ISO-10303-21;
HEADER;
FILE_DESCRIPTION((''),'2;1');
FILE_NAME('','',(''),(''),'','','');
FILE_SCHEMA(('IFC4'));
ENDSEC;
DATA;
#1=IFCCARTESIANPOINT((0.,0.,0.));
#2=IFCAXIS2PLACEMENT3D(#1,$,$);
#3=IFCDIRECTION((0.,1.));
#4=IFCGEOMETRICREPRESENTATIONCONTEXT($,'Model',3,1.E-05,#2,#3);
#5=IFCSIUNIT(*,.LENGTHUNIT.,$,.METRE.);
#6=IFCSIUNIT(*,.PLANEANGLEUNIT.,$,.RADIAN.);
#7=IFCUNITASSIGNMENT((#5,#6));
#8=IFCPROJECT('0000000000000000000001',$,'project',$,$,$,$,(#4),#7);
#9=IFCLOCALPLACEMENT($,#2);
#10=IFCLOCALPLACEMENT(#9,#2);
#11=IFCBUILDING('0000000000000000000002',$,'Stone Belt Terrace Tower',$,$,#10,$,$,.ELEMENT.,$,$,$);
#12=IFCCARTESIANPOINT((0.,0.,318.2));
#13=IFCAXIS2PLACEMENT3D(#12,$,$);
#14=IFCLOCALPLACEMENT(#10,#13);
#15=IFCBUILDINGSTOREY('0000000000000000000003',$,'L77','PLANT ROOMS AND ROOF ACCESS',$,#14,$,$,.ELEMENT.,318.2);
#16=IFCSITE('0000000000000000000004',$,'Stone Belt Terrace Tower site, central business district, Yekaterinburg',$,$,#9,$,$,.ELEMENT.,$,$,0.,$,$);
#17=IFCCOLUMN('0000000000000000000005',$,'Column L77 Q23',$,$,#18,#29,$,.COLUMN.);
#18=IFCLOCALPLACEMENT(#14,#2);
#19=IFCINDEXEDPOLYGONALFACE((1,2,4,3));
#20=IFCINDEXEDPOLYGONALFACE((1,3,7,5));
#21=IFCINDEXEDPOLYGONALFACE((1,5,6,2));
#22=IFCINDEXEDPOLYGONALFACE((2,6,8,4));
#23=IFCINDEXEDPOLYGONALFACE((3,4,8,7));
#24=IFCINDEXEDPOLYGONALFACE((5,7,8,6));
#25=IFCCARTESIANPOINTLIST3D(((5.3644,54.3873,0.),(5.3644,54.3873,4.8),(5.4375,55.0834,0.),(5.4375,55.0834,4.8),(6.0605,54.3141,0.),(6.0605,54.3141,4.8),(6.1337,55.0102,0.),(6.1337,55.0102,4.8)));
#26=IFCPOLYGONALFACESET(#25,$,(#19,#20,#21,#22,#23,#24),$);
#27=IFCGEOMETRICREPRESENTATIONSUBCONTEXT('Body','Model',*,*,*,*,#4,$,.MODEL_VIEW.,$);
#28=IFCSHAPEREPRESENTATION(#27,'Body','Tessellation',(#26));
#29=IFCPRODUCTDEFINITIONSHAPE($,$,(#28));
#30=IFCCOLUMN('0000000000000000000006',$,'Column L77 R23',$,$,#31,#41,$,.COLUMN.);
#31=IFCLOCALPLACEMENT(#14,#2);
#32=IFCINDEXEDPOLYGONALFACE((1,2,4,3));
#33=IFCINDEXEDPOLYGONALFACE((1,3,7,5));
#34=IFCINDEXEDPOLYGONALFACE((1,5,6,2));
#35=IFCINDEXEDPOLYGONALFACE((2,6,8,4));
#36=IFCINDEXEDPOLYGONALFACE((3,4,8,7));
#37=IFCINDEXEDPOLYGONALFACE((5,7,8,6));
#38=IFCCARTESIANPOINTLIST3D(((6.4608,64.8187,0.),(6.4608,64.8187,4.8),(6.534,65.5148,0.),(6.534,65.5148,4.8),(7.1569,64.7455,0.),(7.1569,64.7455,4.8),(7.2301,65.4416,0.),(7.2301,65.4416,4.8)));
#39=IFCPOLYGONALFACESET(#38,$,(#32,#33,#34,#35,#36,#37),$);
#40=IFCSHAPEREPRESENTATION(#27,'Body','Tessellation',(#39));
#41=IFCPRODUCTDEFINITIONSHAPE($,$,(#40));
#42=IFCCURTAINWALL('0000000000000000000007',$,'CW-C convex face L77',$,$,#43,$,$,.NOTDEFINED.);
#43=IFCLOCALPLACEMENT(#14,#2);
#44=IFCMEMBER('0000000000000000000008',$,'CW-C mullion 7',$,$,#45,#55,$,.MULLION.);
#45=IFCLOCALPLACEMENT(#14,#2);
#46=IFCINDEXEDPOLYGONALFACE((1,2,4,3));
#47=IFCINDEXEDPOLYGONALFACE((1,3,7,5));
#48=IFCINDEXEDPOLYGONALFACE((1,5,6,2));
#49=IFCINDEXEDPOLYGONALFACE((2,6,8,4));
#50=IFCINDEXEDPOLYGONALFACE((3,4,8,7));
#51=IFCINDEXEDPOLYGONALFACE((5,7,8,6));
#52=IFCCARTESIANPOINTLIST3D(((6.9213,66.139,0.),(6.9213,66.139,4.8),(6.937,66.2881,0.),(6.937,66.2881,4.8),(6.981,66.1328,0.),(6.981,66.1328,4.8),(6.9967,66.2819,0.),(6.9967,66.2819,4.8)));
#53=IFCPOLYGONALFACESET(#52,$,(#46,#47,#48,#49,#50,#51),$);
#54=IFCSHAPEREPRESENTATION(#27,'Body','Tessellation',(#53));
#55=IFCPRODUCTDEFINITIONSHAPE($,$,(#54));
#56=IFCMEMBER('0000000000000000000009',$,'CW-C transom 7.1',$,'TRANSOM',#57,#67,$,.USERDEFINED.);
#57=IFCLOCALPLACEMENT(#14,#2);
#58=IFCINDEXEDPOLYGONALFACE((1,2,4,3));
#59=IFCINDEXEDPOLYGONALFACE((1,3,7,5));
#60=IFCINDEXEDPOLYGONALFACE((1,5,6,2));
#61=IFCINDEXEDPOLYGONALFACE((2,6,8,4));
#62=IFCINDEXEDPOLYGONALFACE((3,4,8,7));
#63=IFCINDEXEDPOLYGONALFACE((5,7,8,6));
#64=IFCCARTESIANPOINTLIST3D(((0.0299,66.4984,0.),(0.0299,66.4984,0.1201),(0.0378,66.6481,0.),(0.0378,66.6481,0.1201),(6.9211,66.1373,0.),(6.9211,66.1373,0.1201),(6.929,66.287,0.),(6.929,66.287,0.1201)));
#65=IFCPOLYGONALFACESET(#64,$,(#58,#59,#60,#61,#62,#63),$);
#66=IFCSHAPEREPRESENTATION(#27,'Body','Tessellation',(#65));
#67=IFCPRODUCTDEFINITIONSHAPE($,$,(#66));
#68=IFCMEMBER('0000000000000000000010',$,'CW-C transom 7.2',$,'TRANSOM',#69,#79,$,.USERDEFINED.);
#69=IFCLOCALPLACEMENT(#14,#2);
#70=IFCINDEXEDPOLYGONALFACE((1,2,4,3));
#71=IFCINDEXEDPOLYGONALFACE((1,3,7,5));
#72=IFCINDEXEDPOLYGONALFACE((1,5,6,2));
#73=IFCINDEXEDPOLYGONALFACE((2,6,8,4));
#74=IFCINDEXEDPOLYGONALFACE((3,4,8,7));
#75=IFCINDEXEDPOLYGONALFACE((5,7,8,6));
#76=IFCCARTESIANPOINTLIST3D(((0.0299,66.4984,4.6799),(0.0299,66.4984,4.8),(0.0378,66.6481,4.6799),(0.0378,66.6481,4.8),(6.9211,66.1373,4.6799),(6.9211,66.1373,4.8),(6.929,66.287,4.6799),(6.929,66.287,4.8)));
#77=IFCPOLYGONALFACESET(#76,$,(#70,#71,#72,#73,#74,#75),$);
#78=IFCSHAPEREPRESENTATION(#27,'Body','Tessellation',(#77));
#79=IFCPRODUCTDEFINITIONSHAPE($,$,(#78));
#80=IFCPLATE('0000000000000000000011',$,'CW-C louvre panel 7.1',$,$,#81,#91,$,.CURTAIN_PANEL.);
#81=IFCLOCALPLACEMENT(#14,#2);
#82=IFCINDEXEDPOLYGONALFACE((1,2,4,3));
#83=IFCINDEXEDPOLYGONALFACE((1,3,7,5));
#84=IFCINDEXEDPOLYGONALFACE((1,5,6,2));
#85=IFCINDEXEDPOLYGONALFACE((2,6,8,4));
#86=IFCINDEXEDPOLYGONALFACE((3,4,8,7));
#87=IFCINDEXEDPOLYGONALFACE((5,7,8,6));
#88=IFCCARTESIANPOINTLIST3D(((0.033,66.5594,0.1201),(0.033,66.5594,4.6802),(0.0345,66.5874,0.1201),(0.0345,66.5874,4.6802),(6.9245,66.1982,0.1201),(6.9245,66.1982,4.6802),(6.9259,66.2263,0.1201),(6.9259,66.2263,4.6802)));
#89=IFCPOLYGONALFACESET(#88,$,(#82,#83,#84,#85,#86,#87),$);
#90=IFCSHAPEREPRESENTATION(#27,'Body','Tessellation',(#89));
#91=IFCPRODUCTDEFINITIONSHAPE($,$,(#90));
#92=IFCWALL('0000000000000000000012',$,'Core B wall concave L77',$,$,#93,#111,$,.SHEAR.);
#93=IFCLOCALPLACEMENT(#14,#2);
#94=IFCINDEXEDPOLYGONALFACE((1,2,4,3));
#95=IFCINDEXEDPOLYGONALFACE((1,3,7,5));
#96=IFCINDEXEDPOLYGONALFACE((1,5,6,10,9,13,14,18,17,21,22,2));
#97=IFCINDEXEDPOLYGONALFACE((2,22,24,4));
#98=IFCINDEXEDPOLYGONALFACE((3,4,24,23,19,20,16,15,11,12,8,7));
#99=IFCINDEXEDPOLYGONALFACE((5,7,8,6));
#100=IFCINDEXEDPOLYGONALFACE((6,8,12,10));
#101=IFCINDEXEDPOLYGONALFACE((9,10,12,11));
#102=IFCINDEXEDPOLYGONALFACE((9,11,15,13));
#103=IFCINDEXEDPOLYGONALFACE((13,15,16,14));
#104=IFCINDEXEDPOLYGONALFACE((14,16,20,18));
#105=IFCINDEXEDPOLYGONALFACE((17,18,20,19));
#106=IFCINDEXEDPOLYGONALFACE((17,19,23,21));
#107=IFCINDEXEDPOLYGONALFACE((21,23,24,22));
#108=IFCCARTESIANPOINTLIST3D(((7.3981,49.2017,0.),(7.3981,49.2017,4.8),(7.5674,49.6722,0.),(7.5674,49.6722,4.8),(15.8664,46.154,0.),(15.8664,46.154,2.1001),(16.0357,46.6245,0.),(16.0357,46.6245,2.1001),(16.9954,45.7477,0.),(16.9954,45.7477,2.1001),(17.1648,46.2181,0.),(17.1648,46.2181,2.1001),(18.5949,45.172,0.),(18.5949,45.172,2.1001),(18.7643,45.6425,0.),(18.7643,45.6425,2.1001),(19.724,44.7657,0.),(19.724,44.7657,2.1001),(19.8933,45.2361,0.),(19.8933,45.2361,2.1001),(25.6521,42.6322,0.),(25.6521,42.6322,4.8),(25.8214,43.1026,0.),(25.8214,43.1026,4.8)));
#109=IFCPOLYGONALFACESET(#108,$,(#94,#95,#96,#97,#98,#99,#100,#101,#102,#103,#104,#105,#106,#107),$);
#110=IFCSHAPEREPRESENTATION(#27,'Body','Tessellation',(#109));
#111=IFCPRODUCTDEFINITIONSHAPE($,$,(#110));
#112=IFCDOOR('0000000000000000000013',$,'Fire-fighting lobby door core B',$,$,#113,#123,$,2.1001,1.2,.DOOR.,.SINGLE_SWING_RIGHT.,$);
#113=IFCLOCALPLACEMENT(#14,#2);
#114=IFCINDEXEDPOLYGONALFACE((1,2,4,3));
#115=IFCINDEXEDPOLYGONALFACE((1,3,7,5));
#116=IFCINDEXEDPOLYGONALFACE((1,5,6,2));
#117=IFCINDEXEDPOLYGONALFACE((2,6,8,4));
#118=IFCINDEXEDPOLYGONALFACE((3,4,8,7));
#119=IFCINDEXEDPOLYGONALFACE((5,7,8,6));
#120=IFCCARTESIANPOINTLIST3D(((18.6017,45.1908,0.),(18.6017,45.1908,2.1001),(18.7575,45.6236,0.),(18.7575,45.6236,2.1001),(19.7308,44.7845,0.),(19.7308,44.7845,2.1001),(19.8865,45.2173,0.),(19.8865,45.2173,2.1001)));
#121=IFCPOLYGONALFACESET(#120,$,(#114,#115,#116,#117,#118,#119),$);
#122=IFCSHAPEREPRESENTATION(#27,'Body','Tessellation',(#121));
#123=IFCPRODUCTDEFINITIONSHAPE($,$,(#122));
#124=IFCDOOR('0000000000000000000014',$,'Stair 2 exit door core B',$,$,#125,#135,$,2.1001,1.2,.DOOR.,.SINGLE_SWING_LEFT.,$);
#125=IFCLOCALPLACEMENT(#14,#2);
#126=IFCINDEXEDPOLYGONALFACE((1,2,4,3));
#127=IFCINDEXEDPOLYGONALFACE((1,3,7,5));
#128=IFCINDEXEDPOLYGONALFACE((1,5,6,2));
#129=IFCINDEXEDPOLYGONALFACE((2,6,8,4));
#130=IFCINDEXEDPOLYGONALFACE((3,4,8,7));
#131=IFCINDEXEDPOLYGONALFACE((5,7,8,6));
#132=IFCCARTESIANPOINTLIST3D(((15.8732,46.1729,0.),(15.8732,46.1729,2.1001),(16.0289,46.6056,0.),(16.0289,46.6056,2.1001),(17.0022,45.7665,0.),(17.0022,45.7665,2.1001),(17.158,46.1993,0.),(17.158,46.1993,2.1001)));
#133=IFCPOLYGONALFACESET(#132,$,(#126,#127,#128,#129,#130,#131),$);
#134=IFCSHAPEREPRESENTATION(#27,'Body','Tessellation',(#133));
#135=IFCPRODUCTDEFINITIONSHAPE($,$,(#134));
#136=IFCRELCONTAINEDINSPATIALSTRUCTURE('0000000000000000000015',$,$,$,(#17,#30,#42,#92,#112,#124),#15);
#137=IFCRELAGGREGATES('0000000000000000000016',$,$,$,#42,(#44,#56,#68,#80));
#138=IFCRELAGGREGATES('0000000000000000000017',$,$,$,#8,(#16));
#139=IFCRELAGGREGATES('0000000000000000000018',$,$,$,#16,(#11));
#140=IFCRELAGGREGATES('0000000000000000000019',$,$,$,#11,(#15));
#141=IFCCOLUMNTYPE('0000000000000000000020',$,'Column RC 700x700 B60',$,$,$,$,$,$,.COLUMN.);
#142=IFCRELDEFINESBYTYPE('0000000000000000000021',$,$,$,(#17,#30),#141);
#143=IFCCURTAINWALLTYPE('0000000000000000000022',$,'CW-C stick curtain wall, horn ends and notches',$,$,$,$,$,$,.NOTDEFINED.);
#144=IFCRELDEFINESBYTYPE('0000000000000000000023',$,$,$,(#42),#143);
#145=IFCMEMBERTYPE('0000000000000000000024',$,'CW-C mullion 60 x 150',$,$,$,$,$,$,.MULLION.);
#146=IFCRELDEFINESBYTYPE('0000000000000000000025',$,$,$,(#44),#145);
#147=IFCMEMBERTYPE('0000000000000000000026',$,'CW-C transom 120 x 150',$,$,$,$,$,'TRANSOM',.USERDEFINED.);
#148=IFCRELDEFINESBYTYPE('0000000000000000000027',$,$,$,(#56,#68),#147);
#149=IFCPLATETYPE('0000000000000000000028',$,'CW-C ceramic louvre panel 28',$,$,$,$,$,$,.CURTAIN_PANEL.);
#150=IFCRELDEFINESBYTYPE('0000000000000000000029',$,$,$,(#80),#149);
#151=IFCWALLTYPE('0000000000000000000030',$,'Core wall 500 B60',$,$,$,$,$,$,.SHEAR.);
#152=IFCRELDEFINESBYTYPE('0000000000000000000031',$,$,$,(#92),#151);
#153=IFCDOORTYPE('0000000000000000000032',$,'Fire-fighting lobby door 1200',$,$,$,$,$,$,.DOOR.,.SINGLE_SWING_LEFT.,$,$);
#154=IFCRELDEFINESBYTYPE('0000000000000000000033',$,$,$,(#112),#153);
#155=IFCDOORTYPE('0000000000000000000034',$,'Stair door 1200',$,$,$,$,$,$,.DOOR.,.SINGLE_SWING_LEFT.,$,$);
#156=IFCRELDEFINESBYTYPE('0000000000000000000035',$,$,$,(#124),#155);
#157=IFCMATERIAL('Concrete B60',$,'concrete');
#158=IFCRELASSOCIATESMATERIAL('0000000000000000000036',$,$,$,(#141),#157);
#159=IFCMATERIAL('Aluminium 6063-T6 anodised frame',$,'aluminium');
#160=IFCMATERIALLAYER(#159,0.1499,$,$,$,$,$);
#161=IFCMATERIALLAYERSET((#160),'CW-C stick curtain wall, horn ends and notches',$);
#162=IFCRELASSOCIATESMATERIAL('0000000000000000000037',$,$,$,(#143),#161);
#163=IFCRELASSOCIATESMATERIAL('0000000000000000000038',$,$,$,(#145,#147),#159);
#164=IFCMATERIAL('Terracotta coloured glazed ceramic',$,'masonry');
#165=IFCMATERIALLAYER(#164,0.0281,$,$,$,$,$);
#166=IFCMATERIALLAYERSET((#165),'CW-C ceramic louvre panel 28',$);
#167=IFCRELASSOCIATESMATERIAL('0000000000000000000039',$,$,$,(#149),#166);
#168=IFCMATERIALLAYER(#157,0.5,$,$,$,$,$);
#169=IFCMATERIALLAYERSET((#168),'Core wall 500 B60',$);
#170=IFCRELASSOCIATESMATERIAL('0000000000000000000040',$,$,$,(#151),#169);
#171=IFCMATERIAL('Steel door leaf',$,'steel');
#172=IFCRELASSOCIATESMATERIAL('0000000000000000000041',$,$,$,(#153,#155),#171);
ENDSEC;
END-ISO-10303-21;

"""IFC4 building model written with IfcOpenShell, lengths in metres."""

from ifc_helpers import new_model, si_unit, direction, frame, frame_2d, origin, origin_2d, place, context, subcontext, project, spatial, rectangle, extrude, material, layer, layer_set, material_profile, profile_set, type_object, element, fill, aggregate, save


model = new_model("IFC4")

# Units and contexts
model_context = context("Model", 3, precision=1e-05, world=origin(), true_north=direction((0.0, 1.0)))
body_context = subcontext(model_context, "Body", "Model", "MODEL_VIEW")
ifc_project = project(units=[si_unit("LENGTHUNIT", "METRE"), si_unit("PLANEANGLEUNIT", "RADIAN")], contexts=[model_context])

# Site, building, storey
site_placement = place(None, origin())
site = spatial("IfcSite", under=ifc_project, at=site_placement, Name="Stone Belt Terrace Tower site, central business district, Yekaterinburg", CompositionType="ELEMENT", RefElevation=0.0)
building_placement = place(site_placement, origin())
building = spatial("IfcBuilding", under=site, at=building_placement, Name="Stone Belt Terrace Tower", CompositionType="ELEMENT")
storey_placement = place(building_placement, frame((0.0, 0.0, 318.2)))
storey = spatial("IfcBuildingStorey", under=building, at=storey_placement, Name="L77", Description="PLANT ROOMS AND ROOF ACCESS", CompositionType="ELEMENT", Elevation=318.2)

# Columns
ifc_material_1 = material(Name="Concrete B60", Category="concrete")
ifc_material_profile_1 = material_profile(ifc_material_1, rectangle(XDim=0.7, YDim=0.7, at=origin_2d()), Name="RC 700x700")
ifc_profile_set_1 = profile_set([ifc_material_profile_1], Name="Concrete B60")
column_type = type_object("IfcColumnType", Name="Column RC 700x700 B60", PredefinedType="COLUMN", material=ifc_profile_set_1)
for number, where, z_axis, x_axis, name in (
    (1, (5.749, 54.6987, 0.0), (0.0, 0.0, 1.0), (0.994522, -0.104528, 0.0), "Column L77 Q23"),
    (2, (6.8455, 65.1301, 0.0), (0.0, 0.0, 1.0), (0.994522, -0.104528, 0.0), "Column L77 R23"),
):
    element("IfcColumn", number, at=place(storey_placement, frame(where, z_axis=z_axis, x_axis=x_axis)), inside=storey, type_object=column_type, Name=name, PredefinedType="COLUMN", context=body_context, shape_type="SweptSolid", body=[
        extrude(rectangle(XDim=0.7, YDim=0.7, at=origin_2d()), origin(), (0.0, 0.0, 1.0), 4.8),
    ])

# Curtain wall, members, plate
ifc_material_2 = material(Name="Aluminium 6063-T6 anodised frame", Category="aluminium")
ifc_layer_1 = layer(ifc_material_2, 0.1499)
ifc_layer_set_1 = layer_set([ifc_layer_1], Name="CW-C stick curtain wall, horn ends and notches")
curtain_wall_type = type_object("IfcCurtainWallType", Name="CW-C stick curtain wall, horn ends and notches", PredefinedType="NOTDEFINED", material=ifc_layer_set_1)
curtain_wall_placement = place(storey_placement, origin())
curtain_wall = element("IfcCurtainWall", 3, at=curtain_wall_placement, inside=storey, type_object=curtain_wall_type, Name="CW-C convex face L77", PredefinedType="NOTDEFINED")
ifc_material_profile_2 = material_profile(ifc_material_2, rectangle(XDim=0.1499, YDim=0.0601, at=origin_2d()), Name="Aluminium 6063-T6 60x150")
ifc_profile_set_2 = profile_set([ifc_material_profile_2], Name="Aluminium 6063-T6 anodised frame")
member_type_1 = type_object("IfcMemberType", Name="CW-C mullion 60 x 150", PredefinedType="MULLION", material=ifc_profile_set_2)
member_1_placement = place(storey_placement, frame((6.959, 66.2104, 0.0), z_axis=(0.0, 0.0, 1.0), x_axis=(-0.104528, -0.994522, 0.0)))
member_1 = element("IfcMember", 4, at=member_1_placement, type_object=member_type_1, Name="CW-C mullion 7", PredefinedType="MULLION", context=body_context, shape_type="SweptSolid", body=[
    extrude(rectangle(XDim=0.1499, YDim=0.0601, at=origin_2d()), origin(), (0.0, 0.0, 1.0), 4.8),
])
ifc_material_profile_3 = material_profile(ifc_material_2, rectangle(XDim=0.1499, YDim=0.1201, at=origin_2d()), Name="Aluminium 6063-T6 150x120")
ifc_profile_set_3 = profile_set([ifc_material_profile_3], Name="Aluminium 6063-T6 anodised frame")
member_type_2 = type_object("IfcMemberType", Name="CW-C transom 120 x 150", ElementType="TRANSOM", PredefinedType="USERDEFINED", material=ifc_profile_set_3)
member_2_placement = place(storey_placement, frame((6.925, 66.2122, 0.0601), z_axis=(-0.99863, 0.052327, 0.0), x_axis=(-0.052327, -0.99863, 0.0)))
member_2 = element("IfcMember", 5, at=member_2_placement, type_object=member_type_2, Name="CW-C transom 7.1", ObjectType="TRANSOM", PredefinedType="USERDEFINED", context=body_context, shape_type="SweptSolid", body=[
    extrude(rectangle(XDim=0.1499, YDim=0.1201, at=origin_2d()), origin(), (0.0, 0.0, 1.0), 6.9006),
])
member_3_placement = place(storey_placement, frame((6.925, 66.2122, 4.74), z_axis=(-0.99863, 0.052327, 0.0), x_axis=(-0.052327, -0.99863, 0.0)))
member_3 = element("IfcMember", 6, at=member_3_placement, type_object=member_type_2, Name="CW-C transom 7.2", ObjectType="TRANSOM", PredefinedType="USERDEFINED", context=body_context, shape_type="SweptSolid", body=[
    extrude(rectangle(XDim=0.1499, YDim=0.1201, at=origin_2d()), origin(), (0.0, 0.0, 1.0), 6.9006),
])
ifc_material_3 = material(Name="Terracotta coloured glazed ceramic", Category="masonry")
ifc_layer_2 = layer(ifc_material_3, 0.0281)
ifc_layer_set_2 = layer_set([ifc_layer_2], Name="CW-C ceramic louvre panel 28")
plate_type = type_object("IfcPlateType", Name="CW-C ceramic louvre panel 28", PredefinedType="CURTAIN_PANEL", material=ifc_layer_set_2)
plate_placement = place(storey_placement, frame((3.4795, 66.3928, 0.1201), z_axis=(0.0, 0.0, 1.0), x_axis=(-0.99863, 0.052336, 0.0)))
plate = element("IfcPlate", 7, at=plate_placement, type_object=plate_type, Name="CW-C louvre panel 7.1", PredefinedType="CURTAIN_PANEL", context=body_context, shape_type="SweptSolid", body=[
    extrude(rectangle(XDim=6.9009, YDim=0.0281, at=origin_2d()), origin(), (0.0, 0.0, 1.0), 4.5601),
])
aggregate(curtain_wall, [member_1, member_2, member_3, plate])

# Wall, openings, doors
ifc_layer_3 = layer(ifc_material_1, 0.5)
ifc_layer_set_3 = layer_set([ifc_layer_3], Name="Core wall 500 B60")
wall_type_1 = type_object("IfcWallType", Name="Core wall 500 B60", PredefinedType="SHEAR", material=ifc_layer_set_3)
wall_1_placement = place(storey_placement, frame((7.4827, 49.437, 0.0), z_axis=(0.0, 0.0, 1.0), x_axis=(0.940917, -0.338636, 0.0)))
wall_1 = element("IfcWall", 8, at=wall_1_placement, inside=storey, type_object=wall_type_1, Name="Core B wall concave L77", PredefinedType="SHEAR", context=body_context, shape_type="SweptSolid", body=[
    extrude(rectangle(XDim=19.4001, YDim=0.5, at=frame_2d((9.7002, 0.0))), origin(), (0.0, 0.0, 1.0), 4.8),
])
opening_1_placement = place(wall_1_placement, frame((11.8999, 0.0, 0.0)))
opening_1 = element("IfcOpeningElement", 9, at=opening_1_placement, cuts=wall_1, PredefinedType="OPENING", context=body_context, shape_type="SweptSolid", body=[
    extrude(rectangle(XDim=1.2, YDim=2.1001, at=frame_2d((0.6001, 1.05))), frame((0.0, 0.26, 0.0), z_axis=(0.0, -1.0, 0.0), x_axis=(1.0, 0.0, 0.0)), (0.0, 0.0, 1.0), 0.52),
])
opening_2_placement = place(wall_1_placement, frame((9.0, 0.0, 0.0)))
opening_2 = element("IfcOpeningElement", 10, at=opening_2_placement, cuts=wall_1, PredefinedType="OPENING", context=body_context, shape_type="SweptSolid", body=[
    extrude(rectangle(XDim=1.2, YDim=2.1001, at=frame_2d((0.6001, 1.05))), frame((0.0, 0.26, 0.0), z_axis=(0.0, -1.0, 0.0), x_axis=(1.0, 0.0, 0.0)), (0.0, 0.0, 1.0), 0.52),
])
ifc_material_4 = material(Name="Steel door leaf", Category="steel")
door_type_1 = type_object("IfcDoorType", Name="Fire-fighting lobby door 1200", OperationType="SINGLE_SWING_LEFT", PredefinedType="DOOR", material=ifc_material_4)
door_1_placement = place(opening_1_placement, origin())
door_1 = element("IfcDoor", 11, at=door_1_placement, inside=storey, type_object=door_type_1, Name="Fire-fighting lobby door core B", OperationType="SINGLE_SWING_RIGHT", OverallHeight=2.1001, OverallWidth=1.2, PredefinedType="DOOR", context=body_context, shape_type="SweptSolid", body=[
    extrude(rectangle(XDim=1.2, YDim=2.1001, at=frame_2d((0.6001, 1.05))), frame((0.0, 0.23, 0.0), z_axis=(0.0, -1.0, 0.0), x_axis=(1.0, 0.0, 0.0)), (0.0, 0.0, 1.0), 0.46),
])
fill(opening_1, door_1)
door_type_2 = type_object("IfcDoorType", Name="Stair door 1200", OperationType="SINGLE_SWING_LEFT", PredefinedType="DOOR", material=ifc_material_4)
door_2_placement = place(opening_2_placement, origin())
door_2 = element("IfcDoor", 12, at=door_2_placement, inside=storey, type_object=door_type_2, Name="Stair 2 exit door core B", OperationType="SINGLE_SWING_LEFT", OverallHeight=2.1001, OverallWidth=1.2, PredefinedType="DOOR", context=body_context, shape_type="SweptSolid", body=[
    extrude(rectangle(XDim=1.2, YDim=2.1001, at=frame_2d((0.6001, 1.05))), frame((0.0, 0.23, 0.0), z_axis=(0.0, -1.0, 0.0), x_axis=(1.0, 0.0, 0.0)), (0.0, 0.0, 1.0), 0.46),
])
fill(opening_2, door_2)

save(model, "model.ifc")
